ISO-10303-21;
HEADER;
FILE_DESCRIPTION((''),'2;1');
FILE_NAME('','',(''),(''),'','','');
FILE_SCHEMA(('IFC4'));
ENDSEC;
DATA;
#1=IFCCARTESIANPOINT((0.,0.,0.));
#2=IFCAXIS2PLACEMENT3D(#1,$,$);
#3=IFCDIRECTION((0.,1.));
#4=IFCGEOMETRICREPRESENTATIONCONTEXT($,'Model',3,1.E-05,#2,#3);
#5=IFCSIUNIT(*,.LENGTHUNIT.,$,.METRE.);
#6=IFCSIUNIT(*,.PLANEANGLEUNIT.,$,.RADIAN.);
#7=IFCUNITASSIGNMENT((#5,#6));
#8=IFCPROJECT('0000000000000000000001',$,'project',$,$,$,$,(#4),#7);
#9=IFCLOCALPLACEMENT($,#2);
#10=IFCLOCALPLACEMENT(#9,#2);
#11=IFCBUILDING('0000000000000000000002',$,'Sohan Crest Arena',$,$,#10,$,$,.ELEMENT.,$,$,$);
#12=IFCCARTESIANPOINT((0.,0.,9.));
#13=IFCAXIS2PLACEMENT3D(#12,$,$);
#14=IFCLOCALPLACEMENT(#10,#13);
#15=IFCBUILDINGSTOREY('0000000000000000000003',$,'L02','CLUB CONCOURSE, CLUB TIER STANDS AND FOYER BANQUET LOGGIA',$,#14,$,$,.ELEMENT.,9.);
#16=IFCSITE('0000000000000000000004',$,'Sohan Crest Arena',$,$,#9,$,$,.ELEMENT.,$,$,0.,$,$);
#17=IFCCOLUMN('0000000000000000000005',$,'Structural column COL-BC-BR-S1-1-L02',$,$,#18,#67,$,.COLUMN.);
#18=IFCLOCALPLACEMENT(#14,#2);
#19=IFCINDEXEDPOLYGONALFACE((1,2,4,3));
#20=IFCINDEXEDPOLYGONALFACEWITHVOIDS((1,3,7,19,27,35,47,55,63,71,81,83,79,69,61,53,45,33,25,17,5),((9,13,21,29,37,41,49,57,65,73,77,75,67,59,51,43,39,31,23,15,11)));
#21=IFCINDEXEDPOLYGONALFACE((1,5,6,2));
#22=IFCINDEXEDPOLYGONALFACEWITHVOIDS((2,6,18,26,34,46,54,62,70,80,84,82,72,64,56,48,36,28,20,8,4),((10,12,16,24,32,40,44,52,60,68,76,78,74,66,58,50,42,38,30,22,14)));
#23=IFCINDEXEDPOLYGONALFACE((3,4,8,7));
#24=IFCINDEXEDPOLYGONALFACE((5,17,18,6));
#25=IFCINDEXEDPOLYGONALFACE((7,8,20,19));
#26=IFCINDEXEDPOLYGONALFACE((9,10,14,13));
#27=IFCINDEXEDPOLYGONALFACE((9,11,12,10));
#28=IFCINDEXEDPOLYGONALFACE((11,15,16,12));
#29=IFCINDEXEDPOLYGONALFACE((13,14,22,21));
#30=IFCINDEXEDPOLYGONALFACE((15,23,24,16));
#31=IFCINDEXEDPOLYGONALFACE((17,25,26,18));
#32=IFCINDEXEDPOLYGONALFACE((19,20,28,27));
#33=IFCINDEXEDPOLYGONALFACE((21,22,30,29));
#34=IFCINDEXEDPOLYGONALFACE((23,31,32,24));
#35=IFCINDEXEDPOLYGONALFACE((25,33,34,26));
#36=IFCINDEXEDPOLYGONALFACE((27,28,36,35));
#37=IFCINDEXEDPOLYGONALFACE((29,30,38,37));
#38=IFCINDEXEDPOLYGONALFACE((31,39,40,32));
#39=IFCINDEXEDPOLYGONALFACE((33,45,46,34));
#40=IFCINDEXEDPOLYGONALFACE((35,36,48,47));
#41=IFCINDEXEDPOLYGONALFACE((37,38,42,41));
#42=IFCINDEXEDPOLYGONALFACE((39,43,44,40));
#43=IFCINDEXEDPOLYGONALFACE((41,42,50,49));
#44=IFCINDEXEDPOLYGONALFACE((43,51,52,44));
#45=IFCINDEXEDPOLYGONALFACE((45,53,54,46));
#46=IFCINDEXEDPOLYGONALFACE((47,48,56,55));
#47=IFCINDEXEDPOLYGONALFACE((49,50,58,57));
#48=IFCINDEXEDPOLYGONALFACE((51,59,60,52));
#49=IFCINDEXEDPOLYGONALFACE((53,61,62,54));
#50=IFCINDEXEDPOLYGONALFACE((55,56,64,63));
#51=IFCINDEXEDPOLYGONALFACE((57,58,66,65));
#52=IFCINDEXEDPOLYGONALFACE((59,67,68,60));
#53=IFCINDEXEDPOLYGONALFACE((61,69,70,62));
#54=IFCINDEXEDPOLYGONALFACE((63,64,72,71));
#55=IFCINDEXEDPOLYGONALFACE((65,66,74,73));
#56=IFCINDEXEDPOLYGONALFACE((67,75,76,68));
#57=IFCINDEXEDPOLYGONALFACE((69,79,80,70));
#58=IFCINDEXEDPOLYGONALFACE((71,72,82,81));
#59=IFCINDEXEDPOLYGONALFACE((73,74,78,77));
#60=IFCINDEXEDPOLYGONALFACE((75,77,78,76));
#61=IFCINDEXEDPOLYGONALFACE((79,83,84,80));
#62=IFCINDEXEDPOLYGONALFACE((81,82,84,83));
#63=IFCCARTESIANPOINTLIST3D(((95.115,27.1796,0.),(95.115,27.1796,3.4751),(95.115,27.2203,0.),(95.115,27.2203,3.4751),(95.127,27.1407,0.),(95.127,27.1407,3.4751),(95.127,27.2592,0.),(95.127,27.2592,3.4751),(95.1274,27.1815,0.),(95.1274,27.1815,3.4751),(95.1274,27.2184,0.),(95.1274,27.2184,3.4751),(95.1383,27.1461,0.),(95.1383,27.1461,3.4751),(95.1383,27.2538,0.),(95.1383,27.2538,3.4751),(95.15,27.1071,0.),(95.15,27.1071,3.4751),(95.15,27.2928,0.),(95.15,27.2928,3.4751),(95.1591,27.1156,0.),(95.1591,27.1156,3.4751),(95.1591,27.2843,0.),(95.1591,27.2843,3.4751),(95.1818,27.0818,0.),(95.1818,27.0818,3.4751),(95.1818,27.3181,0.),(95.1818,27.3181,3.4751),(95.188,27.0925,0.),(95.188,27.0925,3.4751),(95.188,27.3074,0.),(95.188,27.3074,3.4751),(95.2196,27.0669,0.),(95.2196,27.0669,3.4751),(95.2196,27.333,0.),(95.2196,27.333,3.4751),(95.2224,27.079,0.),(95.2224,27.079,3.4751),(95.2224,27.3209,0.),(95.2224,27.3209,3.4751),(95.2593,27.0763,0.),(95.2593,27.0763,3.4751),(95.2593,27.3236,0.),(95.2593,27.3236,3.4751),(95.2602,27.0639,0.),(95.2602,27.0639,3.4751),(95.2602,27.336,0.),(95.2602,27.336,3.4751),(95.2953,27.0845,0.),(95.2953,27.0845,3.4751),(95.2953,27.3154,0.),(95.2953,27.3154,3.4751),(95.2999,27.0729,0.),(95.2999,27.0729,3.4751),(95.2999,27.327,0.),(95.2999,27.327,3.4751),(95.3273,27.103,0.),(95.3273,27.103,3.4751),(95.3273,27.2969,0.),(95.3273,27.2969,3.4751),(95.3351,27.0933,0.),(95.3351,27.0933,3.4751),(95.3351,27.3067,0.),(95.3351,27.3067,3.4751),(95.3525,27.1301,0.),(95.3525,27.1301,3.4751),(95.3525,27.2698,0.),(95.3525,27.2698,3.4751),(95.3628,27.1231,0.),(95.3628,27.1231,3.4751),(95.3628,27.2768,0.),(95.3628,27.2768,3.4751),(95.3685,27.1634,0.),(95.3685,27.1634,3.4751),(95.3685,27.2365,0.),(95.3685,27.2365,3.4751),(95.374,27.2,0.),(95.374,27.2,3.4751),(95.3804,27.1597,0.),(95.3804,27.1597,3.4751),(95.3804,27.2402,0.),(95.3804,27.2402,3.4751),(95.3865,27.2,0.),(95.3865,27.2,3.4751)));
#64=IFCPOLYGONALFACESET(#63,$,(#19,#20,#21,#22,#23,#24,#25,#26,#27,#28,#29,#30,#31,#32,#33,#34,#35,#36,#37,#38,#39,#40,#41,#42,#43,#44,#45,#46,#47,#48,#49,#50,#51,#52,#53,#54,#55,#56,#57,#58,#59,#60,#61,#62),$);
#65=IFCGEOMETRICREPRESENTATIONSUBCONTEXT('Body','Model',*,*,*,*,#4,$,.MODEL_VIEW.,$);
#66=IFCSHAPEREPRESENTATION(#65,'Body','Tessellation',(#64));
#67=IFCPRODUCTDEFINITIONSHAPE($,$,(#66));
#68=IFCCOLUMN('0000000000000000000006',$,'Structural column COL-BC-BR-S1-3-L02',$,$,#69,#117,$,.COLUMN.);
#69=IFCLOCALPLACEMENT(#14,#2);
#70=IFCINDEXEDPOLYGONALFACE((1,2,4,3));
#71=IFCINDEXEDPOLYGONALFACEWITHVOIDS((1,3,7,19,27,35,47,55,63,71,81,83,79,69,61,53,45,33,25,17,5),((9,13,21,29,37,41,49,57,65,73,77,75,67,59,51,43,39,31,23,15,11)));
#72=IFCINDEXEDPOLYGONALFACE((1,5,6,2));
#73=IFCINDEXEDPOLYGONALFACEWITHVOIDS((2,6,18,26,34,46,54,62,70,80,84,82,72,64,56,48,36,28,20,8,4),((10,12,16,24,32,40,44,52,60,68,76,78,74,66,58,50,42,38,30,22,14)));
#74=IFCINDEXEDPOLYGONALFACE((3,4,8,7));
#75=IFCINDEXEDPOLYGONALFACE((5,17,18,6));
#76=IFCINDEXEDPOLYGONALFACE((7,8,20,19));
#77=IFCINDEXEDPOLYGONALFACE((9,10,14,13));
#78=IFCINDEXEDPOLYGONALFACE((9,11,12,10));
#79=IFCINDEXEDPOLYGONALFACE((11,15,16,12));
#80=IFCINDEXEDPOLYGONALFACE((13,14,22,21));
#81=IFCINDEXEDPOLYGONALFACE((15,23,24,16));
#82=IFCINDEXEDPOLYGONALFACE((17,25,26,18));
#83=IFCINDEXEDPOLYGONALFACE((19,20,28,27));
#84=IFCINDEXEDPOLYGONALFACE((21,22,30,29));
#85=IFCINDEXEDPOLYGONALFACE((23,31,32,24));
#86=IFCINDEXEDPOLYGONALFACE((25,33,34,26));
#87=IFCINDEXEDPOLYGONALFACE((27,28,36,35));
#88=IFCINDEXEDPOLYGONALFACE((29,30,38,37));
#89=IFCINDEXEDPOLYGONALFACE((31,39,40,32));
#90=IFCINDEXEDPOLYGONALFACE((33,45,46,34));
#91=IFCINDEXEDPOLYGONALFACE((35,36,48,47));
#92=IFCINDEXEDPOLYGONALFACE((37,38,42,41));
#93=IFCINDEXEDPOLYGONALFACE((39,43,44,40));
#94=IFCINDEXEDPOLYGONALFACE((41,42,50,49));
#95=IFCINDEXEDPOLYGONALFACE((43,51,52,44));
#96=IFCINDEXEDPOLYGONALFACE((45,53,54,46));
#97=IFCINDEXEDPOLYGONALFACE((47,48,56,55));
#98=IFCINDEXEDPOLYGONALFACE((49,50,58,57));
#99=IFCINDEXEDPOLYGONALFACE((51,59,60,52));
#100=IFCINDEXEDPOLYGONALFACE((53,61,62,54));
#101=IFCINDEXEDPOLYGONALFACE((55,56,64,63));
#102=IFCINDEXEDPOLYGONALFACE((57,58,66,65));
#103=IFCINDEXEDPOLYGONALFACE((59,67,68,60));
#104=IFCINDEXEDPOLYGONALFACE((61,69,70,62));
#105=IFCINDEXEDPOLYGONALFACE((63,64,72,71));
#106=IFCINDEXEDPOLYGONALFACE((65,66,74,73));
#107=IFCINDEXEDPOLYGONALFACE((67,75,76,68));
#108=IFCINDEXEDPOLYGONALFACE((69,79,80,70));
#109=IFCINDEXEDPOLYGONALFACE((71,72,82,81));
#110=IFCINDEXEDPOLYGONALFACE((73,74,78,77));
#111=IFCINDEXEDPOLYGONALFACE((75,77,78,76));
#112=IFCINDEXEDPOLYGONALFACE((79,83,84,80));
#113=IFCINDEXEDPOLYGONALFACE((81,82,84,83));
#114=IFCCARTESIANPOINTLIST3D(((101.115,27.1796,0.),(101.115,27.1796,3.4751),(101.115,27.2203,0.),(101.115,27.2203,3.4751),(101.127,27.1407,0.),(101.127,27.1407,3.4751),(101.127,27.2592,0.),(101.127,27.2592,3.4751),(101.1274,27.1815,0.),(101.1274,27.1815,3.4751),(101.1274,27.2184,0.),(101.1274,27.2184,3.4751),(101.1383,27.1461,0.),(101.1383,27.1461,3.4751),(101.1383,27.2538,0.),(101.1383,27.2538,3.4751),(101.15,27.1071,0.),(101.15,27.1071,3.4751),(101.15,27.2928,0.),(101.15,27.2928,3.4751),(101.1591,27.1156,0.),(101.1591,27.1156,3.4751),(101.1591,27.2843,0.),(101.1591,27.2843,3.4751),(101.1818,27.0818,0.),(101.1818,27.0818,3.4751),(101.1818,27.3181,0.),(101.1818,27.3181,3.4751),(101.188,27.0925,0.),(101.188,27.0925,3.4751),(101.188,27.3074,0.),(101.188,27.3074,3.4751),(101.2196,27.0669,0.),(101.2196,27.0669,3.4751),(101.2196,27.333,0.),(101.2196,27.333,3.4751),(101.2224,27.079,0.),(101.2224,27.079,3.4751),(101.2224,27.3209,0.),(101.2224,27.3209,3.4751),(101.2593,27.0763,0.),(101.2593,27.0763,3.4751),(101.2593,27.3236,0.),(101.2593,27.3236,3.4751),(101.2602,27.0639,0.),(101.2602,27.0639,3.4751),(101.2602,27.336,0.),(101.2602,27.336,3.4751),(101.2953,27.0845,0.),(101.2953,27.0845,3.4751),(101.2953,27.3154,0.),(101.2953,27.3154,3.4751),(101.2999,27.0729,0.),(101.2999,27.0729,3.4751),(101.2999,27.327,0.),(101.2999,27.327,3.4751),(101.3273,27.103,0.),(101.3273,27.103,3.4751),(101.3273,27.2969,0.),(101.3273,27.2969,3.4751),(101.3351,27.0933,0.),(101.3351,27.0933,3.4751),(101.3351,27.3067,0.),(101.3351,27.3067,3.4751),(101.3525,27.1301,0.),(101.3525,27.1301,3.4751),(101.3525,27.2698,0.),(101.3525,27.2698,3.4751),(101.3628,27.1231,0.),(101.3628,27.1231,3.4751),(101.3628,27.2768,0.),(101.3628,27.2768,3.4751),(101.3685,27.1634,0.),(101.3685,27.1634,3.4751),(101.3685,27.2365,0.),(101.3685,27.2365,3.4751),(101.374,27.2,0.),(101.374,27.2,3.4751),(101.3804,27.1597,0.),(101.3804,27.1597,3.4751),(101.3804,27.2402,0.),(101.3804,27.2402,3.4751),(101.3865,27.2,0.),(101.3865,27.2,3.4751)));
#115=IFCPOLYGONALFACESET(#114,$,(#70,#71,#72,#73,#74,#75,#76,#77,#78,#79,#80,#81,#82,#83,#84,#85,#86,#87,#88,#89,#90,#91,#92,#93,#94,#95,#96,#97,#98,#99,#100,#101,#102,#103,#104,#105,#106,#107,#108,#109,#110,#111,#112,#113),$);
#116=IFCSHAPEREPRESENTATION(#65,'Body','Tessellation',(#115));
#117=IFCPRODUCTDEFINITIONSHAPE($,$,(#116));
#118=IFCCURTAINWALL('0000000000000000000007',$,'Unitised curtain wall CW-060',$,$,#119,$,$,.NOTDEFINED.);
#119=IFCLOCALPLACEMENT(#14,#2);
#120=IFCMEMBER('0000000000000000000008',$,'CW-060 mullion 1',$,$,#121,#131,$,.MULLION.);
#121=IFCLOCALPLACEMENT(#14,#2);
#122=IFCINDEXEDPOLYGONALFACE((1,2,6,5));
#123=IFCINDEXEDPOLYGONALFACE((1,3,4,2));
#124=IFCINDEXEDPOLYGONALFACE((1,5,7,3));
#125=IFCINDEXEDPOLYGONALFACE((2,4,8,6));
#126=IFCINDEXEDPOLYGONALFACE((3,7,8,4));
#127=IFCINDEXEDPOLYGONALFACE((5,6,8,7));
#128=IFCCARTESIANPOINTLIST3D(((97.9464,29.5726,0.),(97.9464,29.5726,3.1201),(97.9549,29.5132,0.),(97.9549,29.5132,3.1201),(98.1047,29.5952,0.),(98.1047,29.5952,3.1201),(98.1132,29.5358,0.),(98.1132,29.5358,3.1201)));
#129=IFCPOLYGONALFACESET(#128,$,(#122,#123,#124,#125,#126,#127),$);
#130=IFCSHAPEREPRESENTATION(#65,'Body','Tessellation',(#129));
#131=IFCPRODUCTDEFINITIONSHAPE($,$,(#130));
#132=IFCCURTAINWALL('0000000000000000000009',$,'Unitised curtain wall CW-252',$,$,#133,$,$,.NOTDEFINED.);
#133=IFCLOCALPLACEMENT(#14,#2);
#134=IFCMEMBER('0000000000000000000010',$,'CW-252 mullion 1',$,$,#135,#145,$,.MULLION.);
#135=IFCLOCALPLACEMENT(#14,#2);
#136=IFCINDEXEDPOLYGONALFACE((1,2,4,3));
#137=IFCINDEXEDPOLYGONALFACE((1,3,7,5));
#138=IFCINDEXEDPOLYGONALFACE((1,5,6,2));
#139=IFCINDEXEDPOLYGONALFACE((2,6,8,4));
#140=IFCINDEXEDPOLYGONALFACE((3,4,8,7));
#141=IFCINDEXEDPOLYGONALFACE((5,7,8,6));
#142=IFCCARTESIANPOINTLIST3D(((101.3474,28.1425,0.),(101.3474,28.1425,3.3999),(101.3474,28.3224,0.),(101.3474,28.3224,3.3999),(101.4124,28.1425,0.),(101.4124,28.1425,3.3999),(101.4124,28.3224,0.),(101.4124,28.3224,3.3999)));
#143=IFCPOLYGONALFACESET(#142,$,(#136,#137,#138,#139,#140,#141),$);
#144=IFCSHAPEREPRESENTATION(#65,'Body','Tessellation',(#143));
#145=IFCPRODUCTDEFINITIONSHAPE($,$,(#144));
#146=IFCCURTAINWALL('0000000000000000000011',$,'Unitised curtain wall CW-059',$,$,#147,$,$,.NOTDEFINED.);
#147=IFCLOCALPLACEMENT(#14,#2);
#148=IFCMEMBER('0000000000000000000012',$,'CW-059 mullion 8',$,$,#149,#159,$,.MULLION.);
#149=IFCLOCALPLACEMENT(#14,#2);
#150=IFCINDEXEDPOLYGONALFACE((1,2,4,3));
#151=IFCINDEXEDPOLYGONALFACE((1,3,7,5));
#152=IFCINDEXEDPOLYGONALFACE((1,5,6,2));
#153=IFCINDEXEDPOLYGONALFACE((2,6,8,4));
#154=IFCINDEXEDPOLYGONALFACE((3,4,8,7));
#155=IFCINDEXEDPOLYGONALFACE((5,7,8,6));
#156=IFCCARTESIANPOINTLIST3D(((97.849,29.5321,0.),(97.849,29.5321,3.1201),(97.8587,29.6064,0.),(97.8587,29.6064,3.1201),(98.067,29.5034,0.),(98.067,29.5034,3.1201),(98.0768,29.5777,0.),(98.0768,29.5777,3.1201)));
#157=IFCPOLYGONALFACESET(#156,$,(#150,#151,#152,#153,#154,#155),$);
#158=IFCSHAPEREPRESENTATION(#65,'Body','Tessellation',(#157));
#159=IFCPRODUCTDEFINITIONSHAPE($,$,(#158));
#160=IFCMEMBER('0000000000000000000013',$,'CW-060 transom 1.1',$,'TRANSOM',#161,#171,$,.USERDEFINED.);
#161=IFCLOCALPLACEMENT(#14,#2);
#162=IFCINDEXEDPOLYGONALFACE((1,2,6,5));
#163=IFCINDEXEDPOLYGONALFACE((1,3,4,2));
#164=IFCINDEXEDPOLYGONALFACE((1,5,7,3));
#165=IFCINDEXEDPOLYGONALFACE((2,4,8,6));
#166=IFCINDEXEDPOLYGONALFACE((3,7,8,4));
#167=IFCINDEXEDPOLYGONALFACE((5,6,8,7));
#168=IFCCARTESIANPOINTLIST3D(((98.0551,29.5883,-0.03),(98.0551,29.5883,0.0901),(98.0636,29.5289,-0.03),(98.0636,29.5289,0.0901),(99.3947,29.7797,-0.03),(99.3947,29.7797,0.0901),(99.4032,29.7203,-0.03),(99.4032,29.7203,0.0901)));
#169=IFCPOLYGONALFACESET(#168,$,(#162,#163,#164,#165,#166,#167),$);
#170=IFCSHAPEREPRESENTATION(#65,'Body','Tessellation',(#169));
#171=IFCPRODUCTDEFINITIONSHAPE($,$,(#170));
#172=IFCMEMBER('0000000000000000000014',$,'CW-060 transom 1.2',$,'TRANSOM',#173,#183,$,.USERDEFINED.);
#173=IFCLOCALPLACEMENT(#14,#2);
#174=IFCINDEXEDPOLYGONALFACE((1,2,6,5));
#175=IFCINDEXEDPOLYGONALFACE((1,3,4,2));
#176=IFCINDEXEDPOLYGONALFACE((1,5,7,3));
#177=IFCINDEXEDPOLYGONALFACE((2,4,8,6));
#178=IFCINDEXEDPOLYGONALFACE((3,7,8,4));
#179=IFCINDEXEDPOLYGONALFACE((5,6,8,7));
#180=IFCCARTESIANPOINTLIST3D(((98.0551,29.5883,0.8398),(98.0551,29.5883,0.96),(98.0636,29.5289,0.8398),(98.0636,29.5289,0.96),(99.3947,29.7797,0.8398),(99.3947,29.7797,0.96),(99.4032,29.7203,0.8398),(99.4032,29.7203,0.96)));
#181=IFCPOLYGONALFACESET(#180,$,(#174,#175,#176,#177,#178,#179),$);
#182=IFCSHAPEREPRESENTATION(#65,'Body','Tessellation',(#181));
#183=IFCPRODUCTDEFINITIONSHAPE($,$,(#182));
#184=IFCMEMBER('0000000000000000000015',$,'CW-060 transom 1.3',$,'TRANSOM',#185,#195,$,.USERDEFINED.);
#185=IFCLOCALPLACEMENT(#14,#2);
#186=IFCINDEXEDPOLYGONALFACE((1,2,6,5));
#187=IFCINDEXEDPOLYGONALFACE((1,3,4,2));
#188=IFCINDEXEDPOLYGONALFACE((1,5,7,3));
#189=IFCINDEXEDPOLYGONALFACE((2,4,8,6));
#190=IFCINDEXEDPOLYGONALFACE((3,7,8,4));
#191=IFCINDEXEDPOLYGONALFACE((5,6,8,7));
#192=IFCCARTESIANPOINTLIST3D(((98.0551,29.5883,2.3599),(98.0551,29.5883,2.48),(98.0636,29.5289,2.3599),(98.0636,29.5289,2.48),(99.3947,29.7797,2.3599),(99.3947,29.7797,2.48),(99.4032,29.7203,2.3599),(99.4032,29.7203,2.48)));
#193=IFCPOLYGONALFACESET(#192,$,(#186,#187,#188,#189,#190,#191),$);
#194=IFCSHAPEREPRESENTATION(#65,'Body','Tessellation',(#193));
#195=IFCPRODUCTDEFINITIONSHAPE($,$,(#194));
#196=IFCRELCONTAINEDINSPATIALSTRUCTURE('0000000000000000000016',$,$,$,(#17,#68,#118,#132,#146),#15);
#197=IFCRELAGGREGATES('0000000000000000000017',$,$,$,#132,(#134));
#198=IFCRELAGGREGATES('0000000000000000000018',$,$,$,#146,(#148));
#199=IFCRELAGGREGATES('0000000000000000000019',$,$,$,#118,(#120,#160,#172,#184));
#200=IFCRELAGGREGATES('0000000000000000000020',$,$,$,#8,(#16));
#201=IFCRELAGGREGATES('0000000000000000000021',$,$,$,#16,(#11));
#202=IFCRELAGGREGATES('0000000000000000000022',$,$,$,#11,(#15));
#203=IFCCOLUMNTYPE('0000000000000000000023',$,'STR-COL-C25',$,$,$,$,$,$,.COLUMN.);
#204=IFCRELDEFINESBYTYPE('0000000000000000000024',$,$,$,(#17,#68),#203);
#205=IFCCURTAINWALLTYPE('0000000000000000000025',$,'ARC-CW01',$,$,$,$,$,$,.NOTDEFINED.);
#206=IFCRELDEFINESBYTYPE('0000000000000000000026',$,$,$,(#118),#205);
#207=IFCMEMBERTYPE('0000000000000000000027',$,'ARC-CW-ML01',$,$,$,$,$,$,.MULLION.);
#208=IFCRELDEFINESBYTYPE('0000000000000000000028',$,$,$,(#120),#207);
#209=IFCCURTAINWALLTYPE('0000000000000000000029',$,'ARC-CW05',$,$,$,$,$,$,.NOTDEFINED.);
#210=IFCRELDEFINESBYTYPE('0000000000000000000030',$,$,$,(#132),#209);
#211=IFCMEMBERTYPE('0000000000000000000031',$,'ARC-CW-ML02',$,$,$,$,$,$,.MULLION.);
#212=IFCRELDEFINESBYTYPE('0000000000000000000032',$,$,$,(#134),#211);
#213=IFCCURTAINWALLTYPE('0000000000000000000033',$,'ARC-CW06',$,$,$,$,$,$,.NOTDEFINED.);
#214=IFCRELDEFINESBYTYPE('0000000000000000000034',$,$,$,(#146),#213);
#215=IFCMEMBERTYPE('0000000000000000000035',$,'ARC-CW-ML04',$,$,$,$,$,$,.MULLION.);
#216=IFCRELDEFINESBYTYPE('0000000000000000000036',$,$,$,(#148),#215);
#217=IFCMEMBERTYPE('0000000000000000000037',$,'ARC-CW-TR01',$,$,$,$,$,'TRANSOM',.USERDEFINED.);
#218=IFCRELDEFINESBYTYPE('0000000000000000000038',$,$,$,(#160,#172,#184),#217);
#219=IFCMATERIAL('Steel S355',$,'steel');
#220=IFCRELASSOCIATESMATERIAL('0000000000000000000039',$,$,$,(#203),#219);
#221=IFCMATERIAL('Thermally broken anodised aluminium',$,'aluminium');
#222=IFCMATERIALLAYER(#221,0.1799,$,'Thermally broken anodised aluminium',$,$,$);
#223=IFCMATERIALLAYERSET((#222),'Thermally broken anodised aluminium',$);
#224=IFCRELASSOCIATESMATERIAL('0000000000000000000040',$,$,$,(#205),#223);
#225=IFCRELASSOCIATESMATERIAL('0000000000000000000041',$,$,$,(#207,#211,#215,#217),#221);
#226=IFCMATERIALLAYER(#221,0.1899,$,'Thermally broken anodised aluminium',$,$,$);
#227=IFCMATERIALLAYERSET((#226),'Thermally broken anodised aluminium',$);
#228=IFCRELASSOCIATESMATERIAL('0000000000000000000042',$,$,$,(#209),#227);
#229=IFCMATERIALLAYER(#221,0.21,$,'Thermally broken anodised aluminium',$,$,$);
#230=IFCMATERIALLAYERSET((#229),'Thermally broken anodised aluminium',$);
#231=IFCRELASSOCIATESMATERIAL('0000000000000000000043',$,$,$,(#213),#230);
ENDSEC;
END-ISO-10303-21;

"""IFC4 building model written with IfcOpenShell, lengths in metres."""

from ifc_helpers import new_model, si_unit, direction, frame, origin, origin_2d, place, context, subcontext, project, spatial, rectangle, hollow_circle, extrude, material, layer, layer_set, material_profile, profile_set, type_object, element, aggregate, save


model = new_model("IFC4")

# Units and contexts
model_context = context("Model", 3, precision=1e-05, world=origin(), true_north=direction((0.0, 1.0)))
body_context = subcontext(model_context, "Body", "Model", "MODEL_VIEW")
ifc_project = project(units=[si_unit("LENGTHUNIT", "METRE"), si_unit("PLANEANGLEUNIT", "RADIAN")], contexts=[model_context])

# Site, building, storey
site_placement = place(None, origin())
site = spatial("IfcSite", under=ifc_project, at=site_placement, Name="Sohan Crest Arena", CompositionType="ELEMENT", RefElevation=0.0)
building_placement = place(site_placement, origin())
building = spatial("IfcBuilding", under=site, at=building_placement, Name="Sohan Crest Arena", CompositionType="ELEMENT")
storey_placement = place(building_placement, frame((0.0, 0.0, 9.0)))
storey = spatial("IfcBuildingStorey", under=building, at=storey_placement, Name="L02", Description="CLUB CONCOURSE, CLUB TIER STANDS AND FOYER BANQUET LOGGIA", CompositionType="ELEMENT", Elevation=9.0)

# Columns
ifc_material_1 = material(Name="Steel S355", Category="steel")
ifc_material_profile_1 = material_profile(ifc_material_1, hollow_circle(Radius=0.1365, WallThickness=0.0125, at=origin_2d()), Name="CHS 273x12.5")
ifc_profile_set_1 = profile_set([ifc_material_profile_1], Name="Steel S355")
column_type = type_object("IfcColumnType", Name="STR-COL-C25", PredefinedType="COLUMN", material=ifc_profile_set_1)
for number, where, z_axis, x_axis, name in (
    (1, (95.25, 27.2, 0.0), (0.0, 0.0, 1.0), (1.0, 0.0, 0.0), "Structural column COL-BC-BR-S1-1-L02"),
    (2, (101.25, 27.2, 0.0), (0.0, 0.0, 1.0), (1.0, 0.0, 0.0), "Structural column COL-BC-BR-S1-3-L02"),
):
    element("IfcColumn", number, at=place(storey_placement, frame(where, z_axis=z_axis, x_axis=x_axis)), inside=storey, type_object=column_type, Name=name, PredefinedType="COLUMN", context=body_context, shape_type="SweptSolid", body=[
        extrude(hollow_circle(Radius=0.1365, WallThickness=0.0125, at=origin_2d()), origin(), (0.0, 0.0, 1.0), 3.4751),
    ])

# Curtain walls, members
ifc_material_2 = material(Name="Thermally broken anodised aluminium", Category="aluminium")
ifc_layer_1 = layer(ifc_material_2, 0.1799, Name="Thermally broken anodised aluminium")
ifc_layer_set_1 = layer_set([ifc_layer_1], Name="Thermally broken anodised aluminium")
curtain_wall_type_1 = type_object("IfcCurtainWallType", Name="ARC-CW01", PredefinedType="NOTDEFINED", material=ifc_layer_set_1)
curtain_wall_1_placement = place(storey_placement, origin())
curtain_wall_1 = element("IfcCurtainWall", 3, at=curtain_wall_1_placement, inside=storey, type_object=curtain_wall_type_1, Name="Unitised curtain wall CW-060", PredefinedType="NOTDEFINED")
ifc_material_profile_2 = material_profile(ifc_material_2, rectangle(XDim=0.0601, YDim=0.1599, at=origin_2d()), Name="ALU-MULL 60x160")
ifc_profile_set_2 = profile_set([ifc_material_profile_2], Name="Thermally broken anodised aluminium")
member_type_1 = type_object("IfcMemberType", Name="ARC-CW-ML01", PredefinedType="MULLION", material=ifc_profile_set_2)
member_1_placement = place(storey_placement, frame((98.0298, 29.5542, 0.0), z_axis=(0.0, 0.0, 1.0), x_axis=(-0.141463, 0.989944, 0.0)))
member_1 = element("IfcMember", 4, at=member_1_placement, type_object=member_type_1, Name="CW-060 mullion 1", PredefinedType="MULLION", context=body_context, shape_type="SweptSolid", body=[
    extrude(rectangle(XDim=0.0601, YDim=0.1599, at=origin_2d()), origin(), (0.0, 0.0, 1.0), 3.1201),
])
ifc_layer_2 = layer(ifc_material_2, 0.1899, Name="Thermally broken anodised aluminium")
ifc_layer_set_2 = layer_set([ifc_layer_2], Name="Thermally broken anodised aluminium")
curtain_wall_type_2 = type_object("IfcCurtainWallType", Name="ARC-CW05", PredefinedType="NOTDEFINED", material=ifc_layer_set_2)
curtain_wall_2_placement = place(storey_placement, origin())
curtain_wall_2 = element("IfcCurtainWall", 5, at=curtain_wall_2_placement, inside=storey, type_object=curtain_wall_type_2, Name="Unitised curtain wall CW-252", PredefinedType="NOTDEFINED")
ifc_material_profile_3 = material_profile(ifc_material_2, rectangle(XDim=0.0649, YDim=0.1799, at=origin_2d()), Name="ALU-MULL 65x180")
ifc_profile_set_3 = profile_set([ifc_material_profile_3], Name="Thermally broken anodised aluminium")
member_type_2 = type_object("IfcMemberType", Name="ARC-CW-ML02", PredefinedType="MULLION", material=ifc_profile_set_3)
member_2_placement = place(storey_placement, frame((101.3799, 28.2324, 0.0), z_axis=(0.0, 0.0, 1.0), x_axis=(-1.0, 0.0, 0.0)))
member_2 = element("IfcMember", 6, at=member_2_placement, type_object=member_type_2, Name="CW-252 mullion 1", PredefinedType="MULLION", context=body_context, shape_type="SweptSolid", body=[
    extrude(rectangle(XDim=0.0649, YDim=0.1799, at=origin_2d()), origin(), (0.0, 0.0, 1.0), 3.3999),
])
aggregate(curtain_wall_2, [member_2])
ifc_layer_3 = layer(ifc_material_2, 0.21, Name="Thermally broken anodised aluminium")
ifc_layer_set_3 = layer_set([ifc_layer_3], Name="Thermally broken anodised aluminium")
curtain_wall_type_3 = type_object("IfcCurtainWallType", Name="ARC-CW06", PredefinedType="NOTDEFINED", material=ifc_layer_set_3)
curtain_wall_3_placement = place(storey_placement, origin())
curtain_wall_3 = element("IfcCurtainWall", 7, at=curtain_wall_3_placement, inside=storey, type_object=curtain_wall_type_3, Name="Unitised curtain wall CW-059", PredefinedType="NOTDEFINED")
ifc_material_profile_4 = material_profile(ifc_material_2, rectangle(XDim=0.075, YDim=0.22, at=origin_2d()), Name="ALU-MULL 75x220")
ifc_profile_set_4 = profile_set([ifc_material_profile_4], Name="Thermally broken anodised aluminium")
member_type_3 = type_object("IfcMemberType", Name="ARC-CW-ML04", PredefinedType="MULLION", material=ifc_profile_set_4)
member_3_placement = place(storey_placement, frame((97.9629, 29.5549, 0.0), z_axis=(0.0, 0.0, 1.0), x_axis=(0.130532, 0.991444, 0.0)))
member_3 = element("IfcMember", 8, at=member_3_placement, type_object=member_type_3, Name="CW-059 mullion 8", PredefinedType="MULLION", context=body_context, shape_type="SweptSolid", body=[
    extrude(rectangle(XDim=0.075, YDim=0.22, at=origin_2d()), origin(), (0.0, 0.0, 1.0), 3.1201),
])
aggregate(curtain_wall_3, [member_3])

# Members
ifc_material_profile_5 = material_profile(ifc_material_2, rectangle(XDim=0.0601, YDim=0.1201, at=origin_2d()), Name="ALU-TRAN 60x120")
ifc_profile_set_5 = profile_set([ifc_material_profile_5], Name="Thermally broken anodised aluminium")
member_type_4 = type_object("IfcMemberType", Name="ARC-CW-TR01", ElementType="TRANSOM", PredefinedType="USERDEFINED", material=ifc_profile_set_5)
member_4_placement = place(storey_placement, frame((98.0593, 29.5586, 0.03), z_axis=(0.989946, 0.141447, 0.0), x_axis=(-0.141447, 0.989946, 0.0)))
member_4 = element("IfcMember", 9, at=member_4_placement, type_object=member_type_4, Name="CW-060 transom 1.1", ObjectType="TRANSOM", PredefinedType="USERDEFINED", context=body_context, shape_type="SweptSolid", body=[
    extrude(rectangle(XDim=0.0601, YDim=0.1201, at=origin_2d()), origin(), (0.0, 0.0, 1.0), 1.3533),
])
member_5_placement = place(storey_placement, frame((98.0593, 29.5586, 0.8999), z_axis=(0.989946, 0.141447, 0.0), x_axis=(-0.141447, 0.989946, 0.0)))
member_5 = element("IfcMember", 10, at=member_5_placement, type_object=member_type_4, Name="CW-060 transom 1.2", ObjectType="TRANSOM", PredefinedType="USERDEFINED", context=body_context, shape_type="SweptSolid", body=[
    extrude(rectangle(XDim=0.0601, YDim=0.1201, at=origin_2d()), origin(), (0.0, 0.0, 1.0), 1.3533),
])
member_6_placement = place(storey_placement, frame((98.0593, 29.5586, 2.4199), z_axis=(0.989946, 0.141447, 0.0), x_axis=(-0.141447, 0.989946, 0.0)))
member_6 = element("IfcMember", 11, at=member_6_placement, type_object=member_type_4, Name="CW-060 transom 1.3", ObjectType="TRANSOM", PredefinedType="USERDEFINED", context=body_context, shape_type="SweptSolid", body=[
    extrude(rectangle(XDim=0.0601, YDim=0.1201, at=origin_2d()), origin(), (0.0, 0.0, 1.0), 1.3533),
])
aggregate(curtain_wall_1, [member_1, member_4, member_5, member_6])

save(model, "model.ifc")
